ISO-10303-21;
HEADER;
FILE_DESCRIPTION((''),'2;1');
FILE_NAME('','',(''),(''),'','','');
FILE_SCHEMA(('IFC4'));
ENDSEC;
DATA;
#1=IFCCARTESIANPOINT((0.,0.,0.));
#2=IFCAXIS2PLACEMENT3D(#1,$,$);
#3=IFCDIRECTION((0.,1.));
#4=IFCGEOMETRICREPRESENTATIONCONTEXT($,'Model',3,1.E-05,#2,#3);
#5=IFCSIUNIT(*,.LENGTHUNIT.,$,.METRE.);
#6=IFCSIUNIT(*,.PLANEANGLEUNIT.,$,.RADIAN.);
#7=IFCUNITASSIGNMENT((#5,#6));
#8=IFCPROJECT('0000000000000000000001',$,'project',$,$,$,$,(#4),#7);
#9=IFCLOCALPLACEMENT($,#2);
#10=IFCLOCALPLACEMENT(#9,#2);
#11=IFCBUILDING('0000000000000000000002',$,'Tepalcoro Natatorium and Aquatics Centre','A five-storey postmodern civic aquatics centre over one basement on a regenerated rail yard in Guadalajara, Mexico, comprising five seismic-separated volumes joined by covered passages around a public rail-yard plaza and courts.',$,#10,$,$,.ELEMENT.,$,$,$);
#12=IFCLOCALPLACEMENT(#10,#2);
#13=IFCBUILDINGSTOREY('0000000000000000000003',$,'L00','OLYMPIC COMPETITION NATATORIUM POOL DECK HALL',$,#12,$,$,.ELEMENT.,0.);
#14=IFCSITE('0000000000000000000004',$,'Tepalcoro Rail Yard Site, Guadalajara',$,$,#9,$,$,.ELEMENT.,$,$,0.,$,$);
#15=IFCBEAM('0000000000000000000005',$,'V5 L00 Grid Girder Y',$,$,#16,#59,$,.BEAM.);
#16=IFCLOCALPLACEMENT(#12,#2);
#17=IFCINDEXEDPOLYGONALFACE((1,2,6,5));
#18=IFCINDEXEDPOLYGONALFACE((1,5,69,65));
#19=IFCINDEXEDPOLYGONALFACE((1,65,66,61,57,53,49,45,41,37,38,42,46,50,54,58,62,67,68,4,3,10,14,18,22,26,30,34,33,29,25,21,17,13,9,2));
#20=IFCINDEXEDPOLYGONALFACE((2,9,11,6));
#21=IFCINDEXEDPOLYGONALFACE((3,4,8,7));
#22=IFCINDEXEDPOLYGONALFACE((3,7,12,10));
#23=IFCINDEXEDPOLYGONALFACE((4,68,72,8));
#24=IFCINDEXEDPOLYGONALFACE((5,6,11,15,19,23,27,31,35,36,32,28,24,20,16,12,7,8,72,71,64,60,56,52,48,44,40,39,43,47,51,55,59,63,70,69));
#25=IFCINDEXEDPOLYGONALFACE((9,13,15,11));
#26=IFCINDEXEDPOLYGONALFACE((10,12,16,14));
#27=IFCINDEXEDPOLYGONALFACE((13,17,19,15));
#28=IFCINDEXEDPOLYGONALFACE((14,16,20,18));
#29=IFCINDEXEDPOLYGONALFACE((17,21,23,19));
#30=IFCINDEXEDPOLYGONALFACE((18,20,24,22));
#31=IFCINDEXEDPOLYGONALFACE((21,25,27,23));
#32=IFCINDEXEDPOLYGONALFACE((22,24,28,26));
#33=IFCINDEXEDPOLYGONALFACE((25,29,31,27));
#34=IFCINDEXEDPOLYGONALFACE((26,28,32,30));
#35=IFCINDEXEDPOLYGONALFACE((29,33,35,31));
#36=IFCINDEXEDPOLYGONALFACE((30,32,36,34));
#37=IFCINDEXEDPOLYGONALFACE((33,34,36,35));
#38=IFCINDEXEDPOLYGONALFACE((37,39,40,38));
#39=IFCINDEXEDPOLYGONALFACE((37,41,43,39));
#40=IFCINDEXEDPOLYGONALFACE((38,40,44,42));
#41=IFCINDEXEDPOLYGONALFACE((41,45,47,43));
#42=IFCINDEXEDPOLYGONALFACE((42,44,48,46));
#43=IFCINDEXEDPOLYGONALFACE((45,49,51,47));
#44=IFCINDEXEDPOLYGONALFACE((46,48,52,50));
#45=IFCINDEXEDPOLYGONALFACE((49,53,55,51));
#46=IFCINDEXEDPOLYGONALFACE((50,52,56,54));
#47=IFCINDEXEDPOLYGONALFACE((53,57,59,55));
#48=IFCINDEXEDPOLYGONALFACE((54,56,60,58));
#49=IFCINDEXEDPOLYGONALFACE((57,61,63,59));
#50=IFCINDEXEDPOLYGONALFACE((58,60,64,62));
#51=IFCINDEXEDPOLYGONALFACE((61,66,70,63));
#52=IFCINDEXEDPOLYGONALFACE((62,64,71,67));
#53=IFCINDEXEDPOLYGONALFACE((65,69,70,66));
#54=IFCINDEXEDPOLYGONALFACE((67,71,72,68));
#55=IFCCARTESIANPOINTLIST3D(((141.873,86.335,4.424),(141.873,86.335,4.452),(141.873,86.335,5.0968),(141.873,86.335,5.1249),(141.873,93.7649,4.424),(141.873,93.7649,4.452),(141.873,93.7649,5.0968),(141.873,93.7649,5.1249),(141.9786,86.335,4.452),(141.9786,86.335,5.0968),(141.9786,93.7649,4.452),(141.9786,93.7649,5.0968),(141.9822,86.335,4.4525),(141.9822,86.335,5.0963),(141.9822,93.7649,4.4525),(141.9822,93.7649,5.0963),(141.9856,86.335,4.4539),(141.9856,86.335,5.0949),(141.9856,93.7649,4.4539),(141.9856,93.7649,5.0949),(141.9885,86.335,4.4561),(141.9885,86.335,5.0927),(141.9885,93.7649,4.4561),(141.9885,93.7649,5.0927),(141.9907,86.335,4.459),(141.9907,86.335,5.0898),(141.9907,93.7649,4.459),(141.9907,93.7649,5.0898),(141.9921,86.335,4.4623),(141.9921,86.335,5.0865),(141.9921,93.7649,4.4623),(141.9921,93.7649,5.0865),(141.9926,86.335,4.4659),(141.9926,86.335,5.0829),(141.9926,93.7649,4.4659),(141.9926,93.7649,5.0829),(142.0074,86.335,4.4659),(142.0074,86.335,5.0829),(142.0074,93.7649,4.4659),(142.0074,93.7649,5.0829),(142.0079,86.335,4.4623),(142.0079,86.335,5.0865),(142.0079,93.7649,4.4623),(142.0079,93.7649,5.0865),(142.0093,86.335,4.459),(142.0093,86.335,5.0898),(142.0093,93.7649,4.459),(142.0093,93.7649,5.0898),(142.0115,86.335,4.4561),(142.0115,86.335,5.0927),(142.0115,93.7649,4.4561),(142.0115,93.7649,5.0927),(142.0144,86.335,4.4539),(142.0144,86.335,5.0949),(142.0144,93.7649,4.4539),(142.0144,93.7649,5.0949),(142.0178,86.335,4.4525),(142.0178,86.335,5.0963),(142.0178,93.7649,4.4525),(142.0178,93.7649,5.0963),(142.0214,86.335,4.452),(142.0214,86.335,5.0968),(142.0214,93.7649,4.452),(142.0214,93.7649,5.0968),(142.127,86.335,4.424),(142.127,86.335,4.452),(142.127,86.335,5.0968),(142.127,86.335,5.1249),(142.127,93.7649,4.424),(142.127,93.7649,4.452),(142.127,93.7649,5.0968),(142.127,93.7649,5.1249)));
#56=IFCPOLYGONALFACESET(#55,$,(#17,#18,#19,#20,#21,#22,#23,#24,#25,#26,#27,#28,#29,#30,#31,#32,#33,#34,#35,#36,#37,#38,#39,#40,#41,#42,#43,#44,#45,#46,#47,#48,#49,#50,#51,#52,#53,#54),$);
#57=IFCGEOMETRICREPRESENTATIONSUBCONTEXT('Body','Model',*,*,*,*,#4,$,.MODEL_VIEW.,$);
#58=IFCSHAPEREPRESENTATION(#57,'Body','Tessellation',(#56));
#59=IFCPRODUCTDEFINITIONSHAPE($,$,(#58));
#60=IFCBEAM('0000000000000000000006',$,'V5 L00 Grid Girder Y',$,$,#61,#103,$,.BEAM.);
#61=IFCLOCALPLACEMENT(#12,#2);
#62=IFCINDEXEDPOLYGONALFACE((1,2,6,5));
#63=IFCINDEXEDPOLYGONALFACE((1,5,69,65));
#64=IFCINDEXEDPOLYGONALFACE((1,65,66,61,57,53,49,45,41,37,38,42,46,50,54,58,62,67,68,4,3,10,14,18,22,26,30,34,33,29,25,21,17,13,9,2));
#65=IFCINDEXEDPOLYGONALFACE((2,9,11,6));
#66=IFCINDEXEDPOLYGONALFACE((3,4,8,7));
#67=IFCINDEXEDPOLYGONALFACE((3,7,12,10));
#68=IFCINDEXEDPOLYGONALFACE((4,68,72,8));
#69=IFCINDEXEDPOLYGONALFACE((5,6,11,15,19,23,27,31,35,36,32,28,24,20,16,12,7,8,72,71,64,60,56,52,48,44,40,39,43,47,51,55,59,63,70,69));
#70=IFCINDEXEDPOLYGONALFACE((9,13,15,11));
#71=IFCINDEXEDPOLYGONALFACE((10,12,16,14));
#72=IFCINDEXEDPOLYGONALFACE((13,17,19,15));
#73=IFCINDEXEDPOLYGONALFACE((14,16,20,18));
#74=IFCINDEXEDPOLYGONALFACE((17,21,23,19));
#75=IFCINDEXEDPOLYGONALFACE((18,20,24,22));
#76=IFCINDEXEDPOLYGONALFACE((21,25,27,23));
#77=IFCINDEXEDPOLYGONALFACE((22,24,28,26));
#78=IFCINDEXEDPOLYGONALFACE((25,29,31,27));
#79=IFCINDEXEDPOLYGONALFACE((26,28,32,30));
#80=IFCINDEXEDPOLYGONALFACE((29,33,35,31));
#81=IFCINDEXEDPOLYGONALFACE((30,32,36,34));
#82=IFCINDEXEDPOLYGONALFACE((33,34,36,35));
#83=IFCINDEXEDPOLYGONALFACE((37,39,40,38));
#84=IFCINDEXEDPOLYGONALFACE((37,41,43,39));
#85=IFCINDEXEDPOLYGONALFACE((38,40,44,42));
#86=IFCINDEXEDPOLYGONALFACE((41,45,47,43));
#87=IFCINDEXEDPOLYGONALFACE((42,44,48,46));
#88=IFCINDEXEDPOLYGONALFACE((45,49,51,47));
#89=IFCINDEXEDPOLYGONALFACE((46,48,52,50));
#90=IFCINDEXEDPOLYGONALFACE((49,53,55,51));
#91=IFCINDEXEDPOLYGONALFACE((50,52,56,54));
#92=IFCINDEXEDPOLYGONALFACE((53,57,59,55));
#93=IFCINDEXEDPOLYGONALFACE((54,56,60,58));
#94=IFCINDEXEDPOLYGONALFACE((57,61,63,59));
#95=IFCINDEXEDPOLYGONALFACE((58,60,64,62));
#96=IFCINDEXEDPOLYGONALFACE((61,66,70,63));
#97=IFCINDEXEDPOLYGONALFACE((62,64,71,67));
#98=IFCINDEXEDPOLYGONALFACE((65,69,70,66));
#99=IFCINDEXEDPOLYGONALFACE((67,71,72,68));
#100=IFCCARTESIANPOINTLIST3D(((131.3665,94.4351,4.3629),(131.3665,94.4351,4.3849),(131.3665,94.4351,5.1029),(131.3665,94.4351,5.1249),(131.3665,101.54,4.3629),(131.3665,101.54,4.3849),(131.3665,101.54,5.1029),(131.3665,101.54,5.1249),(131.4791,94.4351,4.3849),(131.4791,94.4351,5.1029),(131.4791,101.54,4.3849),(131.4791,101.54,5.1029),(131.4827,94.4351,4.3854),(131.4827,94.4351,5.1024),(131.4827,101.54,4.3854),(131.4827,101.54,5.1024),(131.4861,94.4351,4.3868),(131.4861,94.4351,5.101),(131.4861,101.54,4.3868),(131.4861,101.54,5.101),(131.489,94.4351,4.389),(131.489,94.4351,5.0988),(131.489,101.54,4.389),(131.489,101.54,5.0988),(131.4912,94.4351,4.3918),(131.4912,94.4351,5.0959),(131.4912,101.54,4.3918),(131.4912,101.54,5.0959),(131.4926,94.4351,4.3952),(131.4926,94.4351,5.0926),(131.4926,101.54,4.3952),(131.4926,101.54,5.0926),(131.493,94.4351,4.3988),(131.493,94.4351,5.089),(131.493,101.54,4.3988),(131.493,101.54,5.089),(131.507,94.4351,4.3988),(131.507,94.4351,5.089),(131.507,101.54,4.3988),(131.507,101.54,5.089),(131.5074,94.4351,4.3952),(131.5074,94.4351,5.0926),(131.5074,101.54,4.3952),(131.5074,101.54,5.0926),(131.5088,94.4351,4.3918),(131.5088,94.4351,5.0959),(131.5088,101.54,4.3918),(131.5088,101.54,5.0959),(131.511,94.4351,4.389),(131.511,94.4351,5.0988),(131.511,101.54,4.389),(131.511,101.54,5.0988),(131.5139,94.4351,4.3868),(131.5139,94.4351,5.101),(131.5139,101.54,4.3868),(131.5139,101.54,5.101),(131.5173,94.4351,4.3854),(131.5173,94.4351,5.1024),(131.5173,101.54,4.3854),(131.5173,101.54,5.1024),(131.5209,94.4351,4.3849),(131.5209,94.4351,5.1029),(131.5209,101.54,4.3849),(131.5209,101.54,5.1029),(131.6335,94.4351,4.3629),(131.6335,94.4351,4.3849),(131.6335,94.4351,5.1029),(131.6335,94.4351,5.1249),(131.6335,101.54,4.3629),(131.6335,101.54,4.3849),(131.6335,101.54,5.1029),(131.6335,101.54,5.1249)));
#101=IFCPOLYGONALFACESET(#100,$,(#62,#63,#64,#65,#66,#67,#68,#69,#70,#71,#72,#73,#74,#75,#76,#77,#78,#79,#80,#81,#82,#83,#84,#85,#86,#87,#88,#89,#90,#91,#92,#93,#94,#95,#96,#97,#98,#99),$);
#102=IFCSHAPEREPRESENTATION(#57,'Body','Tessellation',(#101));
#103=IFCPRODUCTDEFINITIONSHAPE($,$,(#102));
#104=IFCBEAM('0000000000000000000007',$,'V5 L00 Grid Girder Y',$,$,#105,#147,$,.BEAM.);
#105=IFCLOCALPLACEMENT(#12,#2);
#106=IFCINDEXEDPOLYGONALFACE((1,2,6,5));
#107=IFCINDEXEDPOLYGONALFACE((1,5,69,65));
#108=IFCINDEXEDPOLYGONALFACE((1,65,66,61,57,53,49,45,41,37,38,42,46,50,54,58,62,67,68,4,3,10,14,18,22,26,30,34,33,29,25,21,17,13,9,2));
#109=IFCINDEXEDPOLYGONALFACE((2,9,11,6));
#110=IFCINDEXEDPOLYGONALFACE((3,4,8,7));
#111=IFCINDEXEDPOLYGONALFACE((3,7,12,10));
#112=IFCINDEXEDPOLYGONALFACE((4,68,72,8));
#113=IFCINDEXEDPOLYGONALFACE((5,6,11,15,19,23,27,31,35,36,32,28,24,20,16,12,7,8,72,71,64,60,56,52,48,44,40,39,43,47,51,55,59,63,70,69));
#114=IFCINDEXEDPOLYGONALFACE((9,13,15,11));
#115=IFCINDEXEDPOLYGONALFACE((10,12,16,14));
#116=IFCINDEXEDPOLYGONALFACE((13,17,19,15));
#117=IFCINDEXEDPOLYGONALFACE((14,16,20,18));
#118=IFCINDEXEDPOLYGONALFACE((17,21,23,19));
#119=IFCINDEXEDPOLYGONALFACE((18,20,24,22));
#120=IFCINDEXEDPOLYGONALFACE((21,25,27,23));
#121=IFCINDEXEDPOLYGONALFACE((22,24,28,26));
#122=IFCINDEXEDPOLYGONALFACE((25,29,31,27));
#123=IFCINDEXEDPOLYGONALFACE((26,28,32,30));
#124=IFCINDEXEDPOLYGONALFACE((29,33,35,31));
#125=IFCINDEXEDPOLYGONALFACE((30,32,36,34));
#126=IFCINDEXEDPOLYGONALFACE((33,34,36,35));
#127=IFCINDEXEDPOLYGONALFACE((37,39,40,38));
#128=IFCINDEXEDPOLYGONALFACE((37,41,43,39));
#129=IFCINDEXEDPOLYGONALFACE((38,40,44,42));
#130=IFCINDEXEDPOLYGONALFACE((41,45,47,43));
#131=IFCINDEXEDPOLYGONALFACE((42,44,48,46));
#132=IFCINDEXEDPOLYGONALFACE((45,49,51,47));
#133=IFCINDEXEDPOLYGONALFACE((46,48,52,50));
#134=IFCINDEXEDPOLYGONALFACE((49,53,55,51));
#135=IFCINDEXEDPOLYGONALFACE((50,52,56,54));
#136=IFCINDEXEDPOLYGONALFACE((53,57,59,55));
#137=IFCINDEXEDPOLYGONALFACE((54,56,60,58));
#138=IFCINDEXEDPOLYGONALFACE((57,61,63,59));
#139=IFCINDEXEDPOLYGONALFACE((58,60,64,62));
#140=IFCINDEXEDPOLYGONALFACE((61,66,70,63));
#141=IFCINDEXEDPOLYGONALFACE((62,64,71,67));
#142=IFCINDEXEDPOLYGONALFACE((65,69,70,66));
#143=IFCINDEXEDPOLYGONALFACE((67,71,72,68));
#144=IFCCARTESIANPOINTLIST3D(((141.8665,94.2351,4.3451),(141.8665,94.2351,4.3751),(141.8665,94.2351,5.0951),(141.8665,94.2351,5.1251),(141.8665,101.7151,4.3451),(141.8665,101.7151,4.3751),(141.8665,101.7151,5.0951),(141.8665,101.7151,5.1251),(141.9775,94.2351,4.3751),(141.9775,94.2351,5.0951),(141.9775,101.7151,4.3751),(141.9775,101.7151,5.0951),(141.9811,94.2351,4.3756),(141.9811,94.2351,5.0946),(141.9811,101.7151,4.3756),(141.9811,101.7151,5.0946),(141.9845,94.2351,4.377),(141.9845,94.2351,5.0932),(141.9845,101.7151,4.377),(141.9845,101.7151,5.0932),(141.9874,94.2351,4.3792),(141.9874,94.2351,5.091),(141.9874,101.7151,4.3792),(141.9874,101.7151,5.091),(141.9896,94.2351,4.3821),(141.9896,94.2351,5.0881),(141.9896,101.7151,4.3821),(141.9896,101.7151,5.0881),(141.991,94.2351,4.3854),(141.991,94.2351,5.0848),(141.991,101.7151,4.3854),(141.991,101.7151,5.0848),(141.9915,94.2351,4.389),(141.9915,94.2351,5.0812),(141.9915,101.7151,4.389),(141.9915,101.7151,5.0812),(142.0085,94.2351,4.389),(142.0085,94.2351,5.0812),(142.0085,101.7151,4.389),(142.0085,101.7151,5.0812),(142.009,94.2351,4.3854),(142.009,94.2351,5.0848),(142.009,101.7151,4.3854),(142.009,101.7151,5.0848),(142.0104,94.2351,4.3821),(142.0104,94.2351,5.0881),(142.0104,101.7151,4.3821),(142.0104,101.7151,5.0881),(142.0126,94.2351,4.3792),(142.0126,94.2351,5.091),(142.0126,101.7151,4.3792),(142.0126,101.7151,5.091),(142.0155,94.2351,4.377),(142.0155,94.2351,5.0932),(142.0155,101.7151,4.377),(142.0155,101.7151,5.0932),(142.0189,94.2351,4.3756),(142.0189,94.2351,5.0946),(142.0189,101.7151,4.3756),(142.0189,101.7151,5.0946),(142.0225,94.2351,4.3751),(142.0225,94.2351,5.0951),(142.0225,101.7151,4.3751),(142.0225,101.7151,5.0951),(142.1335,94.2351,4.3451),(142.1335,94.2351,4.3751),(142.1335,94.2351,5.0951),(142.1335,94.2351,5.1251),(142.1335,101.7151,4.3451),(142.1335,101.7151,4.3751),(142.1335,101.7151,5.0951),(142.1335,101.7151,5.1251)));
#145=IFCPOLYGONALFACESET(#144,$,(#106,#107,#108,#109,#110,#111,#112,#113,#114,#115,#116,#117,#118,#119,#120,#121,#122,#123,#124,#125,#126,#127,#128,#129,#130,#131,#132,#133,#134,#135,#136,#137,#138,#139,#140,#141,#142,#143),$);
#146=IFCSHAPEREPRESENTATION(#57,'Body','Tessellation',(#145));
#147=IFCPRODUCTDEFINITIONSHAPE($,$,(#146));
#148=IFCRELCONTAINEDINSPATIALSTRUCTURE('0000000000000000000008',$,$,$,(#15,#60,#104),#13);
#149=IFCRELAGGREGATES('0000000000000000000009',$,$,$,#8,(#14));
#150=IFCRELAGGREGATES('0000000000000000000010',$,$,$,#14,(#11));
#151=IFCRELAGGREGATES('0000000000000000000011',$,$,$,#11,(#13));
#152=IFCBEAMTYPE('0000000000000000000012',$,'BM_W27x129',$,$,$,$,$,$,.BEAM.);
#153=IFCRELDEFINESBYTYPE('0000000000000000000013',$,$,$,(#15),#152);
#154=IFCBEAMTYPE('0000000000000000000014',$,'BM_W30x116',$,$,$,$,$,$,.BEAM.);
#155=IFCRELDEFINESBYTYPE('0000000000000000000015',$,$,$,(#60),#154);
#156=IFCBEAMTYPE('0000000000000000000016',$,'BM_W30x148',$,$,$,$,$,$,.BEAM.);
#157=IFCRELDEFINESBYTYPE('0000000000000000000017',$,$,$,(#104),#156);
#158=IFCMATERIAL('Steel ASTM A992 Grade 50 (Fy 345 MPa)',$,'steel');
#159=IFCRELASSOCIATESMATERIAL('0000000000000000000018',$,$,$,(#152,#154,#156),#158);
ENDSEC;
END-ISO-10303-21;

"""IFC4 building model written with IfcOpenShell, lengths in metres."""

from ifc_helpers import new_model, si_unit, direction, frame, origin, origin_2d, place, context, subcontext, project, spatial, i_section, extrude, material, material_profile, profile_set, type_object, element, save


model = new_model("IFC4")

# Units and contexts
model_context = context("Model", 3, precision=1e-05, world=origin(), true_north=direction((0.0, 1.0)))
body_context = subcontext(model_context, "Body", "Model", "MODEL_VIEW")
ifc_project = project(units=[si_unit("LENGTHUNIT", "METRE"), si_unit("PLANEANGLEUNIT", "RADIAN")], contexts=[model_context])

# Site, building, storey
site_placement = place(None, origin())
site = spatial("IfcSite", under=ifc_project, at=site_placement, Name="Tepalcoro Rail Yard Site, Guadalajara", CompositionType="ELEMENT", RefElevation=0.0)
building_placement = place(site_placement, origin())
building = spatial("IfcBuilding", under=site, at=building_placement, Name="Tepalcoro Natatorium and Aquatics Centre", Description="A five-storey postmodern civic aquatics centre over one basement on a regenerated rail yard in Guadalajara, Mexico, comprising five seismic-separated volumes joined by covered passages around a public rail-yard plaza and courts.", CompositionType="ELEMENT")
storey_placement = place(building_placement, origin())
storey = spatial("IfcBuildingStorey", under=building, at=storey_placement, Name="L00", Description="OLYMPIC COMPETITION NATATORIUM POOL DECK HALL", CompositionType="ELEMENT", Elevation=0.0)

# Beams
ifc_material_1 = material(Name="Steel ASTM A992 Grade 50 (Fy 345 MPa)", Category="steel")
ifc_material_profile_1 = material_profile(ifc_material_1, i_section(OverallWidth=0.2539, OverallDepth=0.7009, WebThickness=0.0149, FlangeThickness=0.0281, FilletRadius=0.0139, at=origin_2d()), Name="W27X129")
ifc_profile_set_1 = profile_set([ifc_material_profile_1], Name="Steel ASTM A992 Grade 50 (Fy 345 MPa)")
beam_type_1 = type_object("IfcBeamType", Name="BM_W27x129", PredefinedType="BEAM", material=ifc_profile_set_1)
beam_1_placement = place(storey_placement, frame((142.0, 86.335, 4.7744), z_axis=(0.0, 1.0, 0.0), x_axis=(-1.0, 0.0, 0.0)))
element("IfcBeam", 1, at=beam_1_placement, inside=storey, type_object=beam_type_1, Name="V5 L00 Grid Girder Y", PredefinedType="BEAM", context=body_context, shape_type="SweptSolid", body=[
    extrude(i_section(OverallWidth=0.2539, OverallDepth=0.7009, WebThickness=0.0149, FlangeThickness=0.0281, FilletRadius=0.0139, at=origin_2d()), origin(), (0.0, 0.0, 1.0), 7.4299),
])
ifc_material_profile_2 = material_profile(ifc_material_1, i_section(OverallWidth=0.2671, OverallDepth=0.762, WebThickness=0.0139, FlangeThickness=0.022, FilletRadius=0.0139, at=origin_2d()), Name="W30X116")
ifc_profile_set_2 = profile_set([ifc_material_profile_2], Name="Steel ASTM A992 Grade 50 (Fy 345 MPa)")
beam_type_2 = type_object("IfcBeamType", Name="BM_W30x116", PredefinedType="BEAM", material=ifc_profile_set_2)
beam_2_placement = place(storey_placement, frame((131.5, 94.4351, 4.7439), z_axis=(0.0, 1.0, 0.0), x_axis=(-1.0, 0.0, 0.0)))
element("IfcBeam", 2, at=beam_2_placement, inside=storey, type_object=beam_type_2, Name="V5 L00 Grid Girder Y", PredefinedType="BEAM", context=body_context, shape_type="SweptSolid", body=[
    extrude(i_section(OverallWidth=0.2671, OverallDepth=0.762, WebThickness=0.0139, FlangeThickness=0.022, FilletRadius=0.0139, at=origin_2d()), origin(), (0.0, 0.0, 1.0), 7.105),
])
ifc_material_profile_3 = material_profile(ifc_material_1, i_section(OverallWidth=0.2671, OverallDepth=0.78, WebThickness=0.0171, FlangeThickness=0.03, FilletRadius=0.0139, at=origin_2d()), Name="W30X148")
ifc_profile_set_3 = profile_set([ifc_material_profile_3], Name="Steel ASTM A992 Grade 50 (Fy 345 MPa)")
beam_type_3 = type_object("IfcBeamType", Name="BM_W30x148", PredefinedType="BEAM", material=ifc_profile_set_3)
beam_3_placement = place(storey_placement, frame((142.0, 94.2351, 4.7351), z_axis=(0.0, 1.0, 0.0), x_axis=(-1.0, 0.0, 0.0)))
element("IfcBeam", 3, at=beam_3_placement, inside=storey, type_object=beam_type_3, Name="V5 L00 Grid Girder Y", PredefinedType="BEAM", context=body_context, shape_type="SweptSolid", body=[
    extrude(i_section(OverallWidth=0.2671, OverallDepth=0.78, WebThickness=0.0171, FlangeThickness=0.03, FilletRadius=0.0139, at=origin_2d()), origin(), (0.0, 0.0, 1.0), 7.48),
])

save(model, "model.ifc")
